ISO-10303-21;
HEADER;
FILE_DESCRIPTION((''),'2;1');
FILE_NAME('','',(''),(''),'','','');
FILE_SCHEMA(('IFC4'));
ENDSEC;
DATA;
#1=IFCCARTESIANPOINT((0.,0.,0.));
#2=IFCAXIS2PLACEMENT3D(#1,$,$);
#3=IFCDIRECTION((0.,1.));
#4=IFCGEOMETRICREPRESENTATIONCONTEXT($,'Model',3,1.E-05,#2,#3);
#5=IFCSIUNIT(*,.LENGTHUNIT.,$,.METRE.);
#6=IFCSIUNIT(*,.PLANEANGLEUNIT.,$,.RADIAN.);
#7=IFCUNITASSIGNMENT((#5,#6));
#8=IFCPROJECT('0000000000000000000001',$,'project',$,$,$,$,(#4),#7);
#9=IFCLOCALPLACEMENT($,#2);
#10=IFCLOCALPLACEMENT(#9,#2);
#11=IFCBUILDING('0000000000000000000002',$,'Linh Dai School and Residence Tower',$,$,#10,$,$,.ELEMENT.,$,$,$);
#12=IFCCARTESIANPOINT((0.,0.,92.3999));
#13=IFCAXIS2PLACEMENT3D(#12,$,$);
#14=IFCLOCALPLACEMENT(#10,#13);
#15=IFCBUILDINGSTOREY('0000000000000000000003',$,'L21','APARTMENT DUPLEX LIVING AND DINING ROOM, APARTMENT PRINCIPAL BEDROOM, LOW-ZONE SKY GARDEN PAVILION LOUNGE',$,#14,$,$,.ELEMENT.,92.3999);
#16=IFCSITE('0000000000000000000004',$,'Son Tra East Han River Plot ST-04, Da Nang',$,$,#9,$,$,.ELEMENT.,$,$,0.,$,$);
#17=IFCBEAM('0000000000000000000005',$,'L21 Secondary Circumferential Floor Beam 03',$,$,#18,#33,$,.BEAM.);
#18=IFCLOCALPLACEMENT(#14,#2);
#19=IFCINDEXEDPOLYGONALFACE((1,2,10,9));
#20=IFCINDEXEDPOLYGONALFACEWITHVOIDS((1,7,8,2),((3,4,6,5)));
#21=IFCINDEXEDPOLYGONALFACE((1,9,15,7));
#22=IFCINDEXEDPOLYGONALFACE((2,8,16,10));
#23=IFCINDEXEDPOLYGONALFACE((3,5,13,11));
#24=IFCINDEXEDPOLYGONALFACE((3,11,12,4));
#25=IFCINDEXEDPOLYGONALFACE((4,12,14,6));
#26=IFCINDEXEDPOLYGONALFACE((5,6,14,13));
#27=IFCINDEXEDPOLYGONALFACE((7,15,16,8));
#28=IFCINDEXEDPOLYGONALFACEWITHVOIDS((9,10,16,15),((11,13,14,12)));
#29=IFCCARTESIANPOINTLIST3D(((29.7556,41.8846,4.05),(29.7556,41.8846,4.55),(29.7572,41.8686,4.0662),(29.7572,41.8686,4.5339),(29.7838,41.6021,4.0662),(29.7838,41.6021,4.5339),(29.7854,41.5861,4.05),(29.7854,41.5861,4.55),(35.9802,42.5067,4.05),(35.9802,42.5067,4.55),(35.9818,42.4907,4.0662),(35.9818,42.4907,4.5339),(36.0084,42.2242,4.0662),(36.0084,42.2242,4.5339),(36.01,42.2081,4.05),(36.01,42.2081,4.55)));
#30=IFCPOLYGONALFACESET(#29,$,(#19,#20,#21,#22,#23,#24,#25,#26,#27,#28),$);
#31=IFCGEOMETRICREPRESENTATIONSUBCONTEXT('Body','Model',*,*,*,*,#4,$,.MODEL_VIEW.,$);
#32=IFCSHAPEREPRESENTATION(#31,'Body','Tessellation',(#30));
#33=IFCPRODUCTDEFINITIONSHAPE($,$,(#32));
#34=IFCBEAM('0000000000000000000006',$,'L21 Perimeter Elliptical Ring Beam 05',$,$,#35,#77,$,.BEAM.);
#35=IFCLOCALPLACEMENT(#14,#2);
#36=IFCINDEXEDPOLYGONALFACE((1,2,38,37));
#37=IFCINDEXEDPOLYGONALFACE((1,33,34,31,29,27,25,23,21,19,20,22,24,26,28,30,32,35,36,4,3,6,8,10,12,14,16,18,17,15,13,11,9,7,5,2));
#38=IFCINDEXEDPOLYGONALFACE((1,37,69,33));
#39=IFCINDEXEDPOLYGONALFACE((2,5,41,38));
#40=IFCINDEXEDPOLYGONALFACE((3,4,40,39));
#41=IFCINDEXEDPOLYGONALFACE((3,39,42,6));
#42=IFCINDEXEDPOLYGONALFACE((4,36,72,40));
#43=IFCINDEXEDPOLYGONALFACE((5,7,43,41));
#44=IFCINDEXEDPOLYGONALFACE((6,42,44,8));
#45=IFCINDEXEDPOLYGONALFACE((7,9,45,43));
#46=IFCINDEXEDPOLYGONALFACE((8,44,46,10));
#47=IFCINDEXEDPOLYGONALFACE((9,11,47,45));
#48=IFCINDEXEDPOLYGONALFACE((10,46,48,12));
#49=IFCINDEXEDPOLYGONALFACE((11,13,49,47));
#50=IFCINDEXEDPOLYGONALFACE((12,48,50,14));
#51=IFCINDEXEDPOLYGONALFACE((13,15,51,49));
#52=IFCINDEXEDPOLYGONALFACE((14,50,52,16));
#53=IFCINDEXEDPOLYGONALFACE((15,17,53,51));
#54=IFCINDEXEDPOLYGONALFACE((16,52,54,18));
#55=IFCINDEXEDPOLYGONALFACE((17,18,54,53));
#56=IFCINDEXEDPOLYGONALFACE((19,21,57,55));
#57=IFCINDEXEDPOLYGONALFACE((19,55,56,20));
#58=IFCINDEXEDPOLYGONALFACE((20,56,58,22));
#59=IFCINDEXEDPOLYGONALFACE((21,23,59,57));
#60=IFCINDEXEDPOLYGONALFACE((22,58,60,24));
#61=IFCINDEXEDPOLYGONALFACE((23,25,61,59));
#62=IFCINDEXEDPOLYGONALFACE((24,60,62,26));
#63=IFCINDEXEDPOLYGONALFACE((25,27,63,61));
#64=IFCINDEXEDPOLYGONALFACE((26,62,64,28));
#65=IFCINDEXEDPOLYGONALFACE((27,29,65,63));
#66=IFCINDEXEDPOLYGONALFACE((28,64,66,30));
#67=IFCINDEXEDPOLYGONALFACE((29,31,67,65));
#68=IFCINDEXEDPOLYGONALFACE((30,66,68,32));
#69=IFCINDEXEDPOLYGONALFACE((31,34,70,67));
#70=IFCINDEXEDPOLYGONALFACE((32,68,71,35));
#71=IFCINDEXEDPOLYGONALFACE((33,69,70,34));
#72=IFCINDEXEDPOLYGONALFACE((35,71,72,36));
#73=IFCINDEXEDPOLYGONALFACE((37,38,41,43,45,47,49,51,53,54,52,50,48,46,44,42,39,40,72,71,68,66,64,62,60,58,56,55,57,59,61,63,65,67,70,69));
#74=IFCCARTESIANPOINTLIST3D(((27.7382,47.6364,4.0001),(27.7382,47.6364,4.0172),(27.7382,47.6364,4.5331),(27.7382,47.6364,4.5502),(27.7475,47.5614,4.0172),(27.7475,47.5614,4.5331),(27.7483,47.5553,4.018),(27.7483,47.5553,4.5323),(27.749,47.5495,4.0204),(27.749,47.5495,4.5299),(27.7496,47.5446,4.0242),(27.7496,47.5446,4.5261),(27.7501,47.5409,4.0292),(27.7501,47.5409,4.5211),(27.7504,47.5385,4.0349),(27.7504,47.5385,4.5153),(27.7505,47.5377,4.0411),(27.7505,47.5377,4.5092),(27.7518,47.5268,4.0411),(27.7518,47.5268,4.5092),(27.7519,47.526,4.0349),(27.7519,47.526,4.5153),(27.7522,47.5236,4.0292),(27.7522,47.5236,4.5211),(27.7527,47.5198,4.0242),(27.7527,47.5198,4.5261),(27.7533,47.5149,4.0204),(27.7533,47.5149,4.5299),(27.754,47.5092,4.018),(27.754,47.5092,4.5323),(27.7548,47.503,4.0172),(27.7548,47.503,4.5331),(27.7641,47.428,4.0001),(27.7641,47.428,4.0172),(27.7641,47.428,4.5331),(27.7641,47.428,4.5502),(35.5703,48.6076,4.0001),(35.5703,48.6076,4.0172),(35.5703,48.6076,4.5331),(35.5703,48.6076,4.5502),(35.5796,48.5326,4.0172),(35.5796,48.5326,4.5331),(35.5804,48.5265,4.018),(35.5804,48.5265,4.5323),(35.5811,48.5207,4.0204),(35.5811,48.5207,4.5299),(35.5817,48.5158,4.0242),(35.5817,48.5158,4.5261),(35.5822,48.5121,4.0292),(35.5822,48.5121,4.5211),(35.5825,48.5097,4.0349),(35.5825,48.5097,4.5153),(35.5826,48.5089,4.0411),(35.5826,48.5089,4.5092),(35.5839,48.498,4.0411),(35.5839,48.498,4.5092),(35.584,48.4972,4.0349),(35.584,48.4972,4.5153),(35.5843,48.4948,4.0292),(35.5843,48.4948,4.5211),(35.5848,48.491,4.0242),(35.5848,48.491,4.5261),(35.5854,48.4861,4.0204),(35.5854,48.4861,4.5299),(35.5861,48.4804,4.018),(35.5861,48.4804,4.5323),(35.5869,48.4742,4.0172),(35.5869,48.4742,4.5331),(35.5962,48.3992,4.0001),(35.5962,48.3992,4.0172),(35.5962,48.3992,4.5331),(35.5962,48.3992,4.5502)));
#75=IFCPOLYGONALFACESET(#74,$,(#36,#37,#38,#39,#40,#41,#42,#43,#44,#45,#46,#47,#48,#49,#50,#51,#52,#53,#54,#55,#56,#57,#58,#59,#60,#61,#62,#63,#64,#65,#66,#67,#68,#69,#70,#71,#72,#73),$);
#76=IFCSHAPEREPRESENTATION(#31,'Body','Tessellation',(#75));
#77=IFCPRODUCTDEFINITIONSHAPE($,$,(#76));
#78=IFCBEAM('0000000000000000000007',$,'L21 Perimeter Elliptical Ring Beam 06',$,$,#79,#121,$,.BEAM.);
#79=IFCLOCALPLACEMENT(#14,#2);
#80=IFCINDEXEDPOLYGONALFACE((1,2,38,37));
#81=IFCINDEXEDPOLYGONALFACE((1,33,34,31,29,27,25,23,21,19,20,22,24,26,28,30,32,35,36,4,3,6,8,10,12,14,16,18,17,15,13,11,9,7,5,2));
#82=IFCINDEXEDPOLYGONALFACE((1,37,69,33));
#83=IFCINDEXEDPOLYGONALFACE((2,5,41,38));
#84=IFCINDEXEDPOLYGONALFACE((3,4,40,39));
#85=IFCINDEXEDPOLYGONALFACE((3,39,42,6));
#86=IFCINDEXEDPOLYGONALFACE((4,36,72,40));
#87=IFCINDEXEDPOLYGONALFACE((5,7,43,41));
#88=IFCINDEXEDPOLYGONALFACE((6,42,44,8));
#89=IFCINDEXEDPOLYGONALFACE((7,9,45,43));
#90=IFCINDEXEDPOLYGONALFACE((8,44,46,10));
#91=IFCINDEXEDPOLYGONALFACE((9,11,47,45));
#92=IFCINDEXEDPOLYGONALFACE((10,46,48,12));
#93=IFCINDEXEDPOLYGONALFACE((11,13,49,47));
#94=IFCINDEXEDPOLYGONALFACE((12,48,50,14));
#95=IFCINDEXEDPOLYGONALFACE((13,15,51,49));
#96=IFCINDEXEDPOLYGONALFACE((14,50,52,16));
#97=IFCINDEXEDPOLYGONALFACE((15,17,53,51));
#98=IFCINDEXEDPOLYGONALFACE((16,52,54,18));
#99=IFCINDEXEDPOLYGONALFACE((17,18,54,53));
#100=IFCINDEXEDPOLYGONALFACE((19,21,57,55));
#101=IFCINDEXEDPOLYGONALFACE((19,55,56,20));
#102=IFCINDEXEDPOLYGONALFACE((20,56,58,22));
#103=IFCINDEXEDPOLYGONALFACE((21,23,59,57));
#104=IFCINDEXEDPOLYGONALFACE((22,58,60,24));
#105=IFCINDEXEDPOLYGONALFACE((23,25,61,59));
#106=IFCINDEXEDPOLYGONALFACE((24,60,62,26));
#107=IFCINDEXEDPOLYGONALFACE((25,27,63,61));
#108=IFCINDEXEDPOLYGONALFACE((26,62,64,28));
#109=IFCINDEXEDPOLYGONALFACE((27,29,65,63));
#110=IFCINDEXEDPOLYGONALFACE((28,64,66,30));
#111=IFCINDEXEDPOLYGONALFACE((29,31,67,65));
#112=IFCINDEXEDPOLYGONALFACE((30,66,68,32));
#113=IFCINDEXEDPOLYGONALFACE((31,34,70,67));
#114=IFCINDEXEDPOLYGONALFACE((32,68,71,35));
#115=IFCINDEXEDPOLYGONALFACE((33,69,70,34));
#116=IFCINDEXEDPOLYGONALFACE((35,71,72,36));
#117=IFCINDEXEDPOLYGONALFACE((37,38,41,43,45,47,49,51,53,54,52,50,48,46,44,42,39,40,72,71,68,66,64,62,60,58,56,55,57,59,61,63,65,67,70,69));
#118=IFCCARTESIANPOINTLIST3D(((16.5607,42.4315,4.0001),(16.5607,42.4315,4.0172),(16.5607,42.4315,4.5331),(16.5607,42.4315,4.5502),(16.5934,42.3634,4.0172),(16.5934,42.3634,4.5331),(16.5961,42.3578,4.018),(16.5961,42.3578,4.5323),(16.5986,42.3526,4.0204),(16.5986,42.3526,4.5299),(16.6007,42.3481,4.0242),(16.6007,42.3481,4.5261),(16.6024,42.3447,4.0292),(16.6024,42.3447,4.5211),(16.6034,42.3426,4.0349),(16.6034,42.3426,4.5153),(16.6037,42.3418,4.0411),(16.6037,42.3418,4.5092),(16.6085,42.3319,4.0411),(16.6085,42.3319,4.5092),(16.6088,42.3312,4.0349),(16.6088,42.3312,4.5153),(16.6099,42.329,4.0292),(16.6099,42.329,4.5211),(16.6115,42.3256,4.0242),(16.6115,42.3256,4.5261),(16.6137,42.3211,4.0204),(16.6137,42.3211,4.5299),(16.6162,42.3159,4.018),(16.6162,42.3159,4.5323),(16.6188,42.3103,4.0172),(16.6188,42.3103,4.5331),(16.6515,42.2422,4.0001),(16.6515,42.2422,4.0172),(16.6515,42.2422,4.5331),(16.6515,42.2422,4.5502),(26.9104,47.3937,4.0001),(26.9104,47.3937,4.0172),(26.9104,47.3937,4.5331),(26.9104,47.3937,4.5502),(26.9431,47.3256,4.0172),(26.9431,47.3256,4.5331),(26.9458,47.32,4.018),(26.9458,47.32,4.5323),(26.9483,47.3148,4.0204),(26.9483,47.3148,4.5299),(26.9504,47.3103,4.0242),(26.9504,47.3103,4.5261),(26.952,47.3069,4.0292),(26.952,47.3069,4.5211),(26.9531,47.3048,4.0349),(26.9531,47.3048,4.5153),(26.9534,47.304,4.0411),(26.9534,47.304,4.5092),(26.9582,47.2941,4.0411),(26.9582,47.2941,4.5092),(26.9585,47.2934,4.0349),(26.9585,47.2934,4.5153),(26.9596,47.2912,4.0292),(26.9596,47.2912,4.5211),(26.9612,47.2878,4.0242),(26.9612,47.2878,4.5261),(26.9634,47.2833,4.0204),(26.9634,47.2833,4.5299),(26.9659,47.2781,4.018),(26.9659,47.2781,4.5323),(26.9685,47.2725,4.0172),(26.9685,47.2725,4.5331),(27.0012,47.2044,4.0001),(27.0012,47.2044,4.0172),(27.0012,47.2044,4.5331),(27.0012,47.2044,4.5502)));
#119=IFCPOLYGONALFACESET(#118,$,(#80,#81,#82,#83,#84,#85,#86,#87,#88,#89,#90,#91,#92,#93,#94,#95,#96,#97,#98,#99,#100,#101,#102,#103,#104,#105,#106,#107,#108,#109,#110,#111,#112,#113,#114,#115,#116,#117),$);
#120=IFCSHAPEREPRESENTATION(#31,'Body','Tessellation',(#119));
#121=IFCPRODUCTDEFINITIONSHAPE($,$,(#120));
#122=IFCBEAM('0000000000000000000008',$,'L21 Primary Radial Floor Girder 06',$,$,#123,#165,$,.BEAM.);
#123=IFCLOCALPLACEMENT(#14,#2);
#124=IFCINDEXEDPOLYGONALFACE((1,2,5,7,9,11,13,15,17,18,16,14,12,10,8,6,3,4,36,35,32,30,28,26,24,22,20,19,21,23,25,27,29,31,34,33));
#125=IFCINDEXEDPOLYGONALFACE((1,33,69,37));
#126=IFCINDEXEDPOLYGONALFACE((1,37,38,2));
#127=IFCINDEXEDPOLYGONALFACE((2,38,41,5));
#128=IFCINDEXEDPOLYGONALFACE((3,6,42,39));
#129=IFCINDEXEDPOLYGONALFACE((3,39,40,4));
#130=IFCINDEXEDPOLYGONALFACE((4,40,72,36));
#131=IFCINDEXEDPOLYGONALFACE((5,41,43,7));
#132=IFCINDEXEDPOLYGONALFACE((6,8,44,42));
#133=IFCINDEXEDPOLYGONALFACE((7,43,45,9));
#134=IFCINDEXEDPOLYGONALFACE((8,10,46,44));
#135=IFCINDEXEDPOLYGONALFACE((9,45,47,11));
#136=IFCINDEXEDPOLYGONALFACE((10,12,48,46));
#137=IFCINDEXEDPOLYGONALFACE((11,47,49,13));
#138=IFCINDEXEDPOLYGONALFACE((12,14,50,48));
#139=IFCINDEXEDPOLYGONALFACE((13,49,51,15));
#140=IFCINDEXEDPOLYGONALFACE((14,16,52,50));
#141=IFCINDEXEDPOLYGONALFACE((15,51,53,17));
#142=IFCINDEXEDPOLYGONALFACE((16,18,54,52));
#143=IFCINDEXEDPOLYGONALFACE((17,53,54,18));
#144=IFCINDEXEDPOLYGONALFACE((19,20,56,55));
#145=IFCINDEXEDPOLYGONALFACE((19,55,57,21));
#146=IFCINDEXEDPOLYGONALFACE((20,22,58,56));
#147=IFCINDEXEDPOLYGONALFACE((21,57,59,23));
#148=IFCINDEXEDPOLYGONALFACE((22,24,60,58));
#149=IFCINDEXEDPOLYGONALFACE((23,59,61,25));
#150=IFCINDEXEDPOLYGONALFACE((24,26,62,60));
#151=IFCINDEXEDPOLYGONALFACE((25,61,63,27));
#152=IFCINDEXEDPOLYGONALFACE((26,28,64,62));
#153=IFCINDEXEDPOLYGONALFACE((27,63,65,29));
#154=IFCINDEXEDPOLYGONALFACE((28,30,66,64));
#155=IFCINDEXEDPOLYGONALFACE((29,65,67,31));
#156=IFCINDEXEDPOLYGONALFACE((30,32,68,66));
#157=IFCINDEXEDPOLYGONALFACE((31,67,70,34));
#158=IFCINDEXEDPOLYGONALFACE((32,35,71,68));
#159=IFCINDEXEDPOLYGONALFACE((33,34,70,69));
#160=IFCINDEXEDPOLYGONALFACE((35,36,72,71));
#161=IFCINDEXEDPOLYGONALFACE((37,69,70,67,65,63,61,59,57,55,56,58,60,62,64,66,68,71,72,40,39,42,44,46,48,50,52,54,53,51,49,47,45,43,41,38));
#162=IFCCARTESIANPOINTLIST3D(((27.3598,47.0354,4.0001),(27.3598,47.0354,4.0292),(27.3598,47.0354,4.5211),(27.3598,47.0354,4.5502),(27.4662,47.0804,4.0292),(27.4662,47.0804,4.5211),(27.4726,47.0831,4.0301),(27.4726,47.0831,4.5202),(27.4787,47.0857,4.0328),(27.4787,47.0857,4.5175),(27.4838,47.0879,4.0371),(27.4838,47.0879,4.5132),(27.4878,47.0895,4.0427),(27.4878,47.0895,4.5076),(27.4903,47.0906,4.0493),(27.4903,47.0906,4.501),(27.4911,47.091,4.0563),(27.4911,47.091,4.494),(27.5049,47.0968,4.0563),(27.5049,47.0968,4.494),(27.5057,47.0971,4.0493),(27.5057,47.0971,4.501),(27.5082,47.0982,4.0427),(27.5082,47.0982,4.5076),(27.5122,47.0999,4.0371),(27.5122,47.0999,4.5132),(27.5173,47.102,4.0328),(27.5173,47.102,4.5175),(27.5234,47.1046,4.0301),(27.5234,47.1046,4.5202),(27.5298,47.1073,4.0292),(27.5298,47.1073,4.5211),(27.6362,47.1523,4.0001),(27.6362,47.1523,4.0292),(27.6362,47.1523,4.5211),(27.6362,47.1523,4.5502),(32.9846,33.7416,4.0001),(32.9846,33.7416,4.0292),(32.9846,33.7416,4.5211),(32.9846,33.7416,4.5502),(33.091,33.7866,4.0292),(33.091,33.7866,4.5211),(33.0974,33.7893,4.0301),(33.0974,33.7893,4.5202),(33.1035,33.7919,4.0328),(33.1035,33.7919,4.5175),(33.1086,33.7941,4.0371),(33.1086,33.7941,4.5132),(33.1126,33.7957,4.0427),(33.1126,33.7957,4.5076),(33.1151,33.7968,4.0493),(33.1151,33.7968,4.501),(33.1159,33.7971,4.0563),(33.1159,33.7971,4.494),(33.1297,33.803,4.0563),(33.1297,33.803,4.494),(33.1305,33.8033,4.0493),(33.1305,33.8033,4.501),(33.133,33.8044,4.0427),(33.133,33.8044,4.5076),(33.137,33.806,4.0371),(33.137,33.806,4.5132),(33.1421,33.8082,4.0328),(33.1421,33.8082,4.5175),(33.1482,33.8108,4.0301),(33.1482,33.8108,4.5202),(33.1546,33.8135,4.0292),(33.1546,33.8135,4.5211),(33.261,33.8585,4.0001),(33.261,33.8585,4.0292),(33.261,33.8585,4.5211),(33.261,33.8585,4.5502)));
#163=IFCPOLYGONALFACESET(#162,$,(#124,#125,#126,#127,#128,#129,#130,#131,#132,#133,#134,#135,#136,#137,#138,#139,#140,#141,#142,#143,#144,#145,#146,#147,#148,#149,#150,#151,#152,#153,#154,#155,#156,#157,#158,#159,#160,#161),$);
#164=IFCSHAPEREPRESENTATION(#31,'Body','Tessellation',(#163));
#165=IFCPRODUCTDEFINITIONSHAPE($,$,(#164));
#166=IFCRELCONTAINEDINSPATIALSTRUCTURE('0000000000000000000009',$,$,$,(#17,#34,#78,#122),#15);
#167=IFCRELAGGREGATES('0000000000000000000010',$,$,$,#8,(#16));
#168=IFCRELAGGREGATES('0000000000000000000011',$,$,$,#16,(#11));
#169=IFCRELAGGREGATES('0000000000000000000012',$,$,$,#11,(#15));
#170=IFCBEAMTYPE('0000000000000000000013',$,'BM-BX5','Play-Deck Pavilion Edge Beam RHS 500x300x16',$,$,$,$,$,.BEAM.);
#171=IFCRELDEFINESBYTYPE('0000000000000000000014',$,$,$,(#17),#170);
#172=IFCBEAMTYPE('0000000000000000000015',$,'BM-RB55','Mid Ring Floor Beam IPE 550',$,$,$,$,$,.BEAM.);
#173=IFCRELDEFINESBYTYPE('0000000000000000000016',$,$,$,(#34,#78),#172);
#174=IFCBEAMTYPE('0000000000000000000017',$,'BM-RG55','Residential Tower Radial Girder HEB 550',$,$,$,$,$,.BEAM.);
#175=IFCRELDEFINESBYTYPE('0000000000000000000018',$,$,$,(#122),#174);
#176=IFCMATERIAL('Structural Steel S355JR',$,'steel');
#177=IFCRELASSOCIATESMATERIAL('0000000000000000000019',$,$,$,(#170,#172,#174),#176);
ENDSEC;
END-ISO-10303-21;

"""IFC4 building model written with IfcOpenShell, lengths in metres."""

from ifc_helpers import new_model, si_unit, direction, frame, origin, origin_2d, place, context, subcontext, project, spatial, hollow_rectangle, i_section, extrude, material, material_profile, profile_set, type_object, element, save


model = new_model("IFC4")

# Units and contexts
model_context = context("Model", 3, precision=1e-05, world=origin(), true_north=direction((0.0, 1.0)))
body_context = subcontext(model_context, "Body", "Model", "MODEL_VIEW")
ifc_project = project(units=[si_unit("LENGTHUNIT", "METRE"), si_unit("PLANEANGLEUNIT", "RADIAN")], contexts=[model_context])

# Site, building, storey
site_placement = place(None, origin())
site = spatial("IfcSite", under=ifc_project, at=site_placement, Name="Son Tra East Han River Plot ST-04, Da Nang", CompositionType="ELEMENT", RefElevation=0.0)
building_placement = place(site_placement, origin())
building = spatial("IfcBuilding", under=site, at=building_placement, Name="Linh Dai School and Residence Tower", CompositionType="ELEMENT")
storey_placement = place(building_placement, frame((0.0, 0.0, 92.3999)))
storey = spatial("IfcBuildingStorey", under=building, at=storey_placement, Name="L21", Description="APARTMENT DUPLEX LIVING AND DINING ROOM, APARTMENT PRINCIPAL BEDROOM, LOW-ZONE SKY GARDEN PAVILION LOUNGE", CompositionType="ELEMENT", Elevation=92.3999)

# Shared definitions
ifc_material_1 = material(Name="Structural Steel S355JR", Category="steel")

# Beams
ifc_material_profile_1 = material_profile(ifc_material_1, hollow_rectangle(XDim=0.3, YDim=0.5, WallThickness=0.0161, at=origin_2d()), Name="RHS 500x300x16")
ifc_profile_set_1 = profile_set([ifc_material_profile_1], Name="Structural Steel S355JR")
beam_type_1 = type_object("IfcBeamType", Name="BM-BX5", Description="Play-Deck Pavilion Edge Beam RHS 500x300x16", PredefinedType="BEAM", material=ifc_profile_set_1)
beam_1_placement = place(storey_placement, frame((35.9951, 42.3574, 4.3), z_axis=(-0.995043, -0.099442, 0.0), x_axis=(0.099442, -0.995043, 0.0)))
element("IfcBeam", 1, at=beam_1_placement, inside=storey, type_object=beam_type_1, Name="L21 Secondary Circumferential Floor Beam 03", PredefinedType="BEAM", context=body_context, shape_type="SweptSolid", body=[
    extrude(hollow_rectangle(XDim=0.3, YDim=0.5, WallThickness=0.0161, at=origin_2d()), origin(), (0.0, 0.0, 1.0), 6.2556),
])
ifc_material_profile_2 = material_profile(ifc_material_1, i_section(OverallWidth=0.21, OverallDepth=0.55, WebThickness=0.011, FlangeThickness=0.0171, FilletRadius=0.0239, at=origin_2d()), Name="IPE 550")
ifc_profile_set_2 = profile_set([ifc_material_profile_2], Name="Structural Steel S355JR")
beam_type_2 = type_object("IfcBeamType", Name="BM-RB55", Description="Mid Ring Floor Beam IPE 550", PredefinedType="BEAM", material=ifc_profile_set_2)
beam_2_placement = place(storey_placement, frame((35.5833, 48.5034, 4.2751), z_axis=(-0.992399, -0.12306, 0.0), x_axis=(0.12306, -0.992399, 0.0)))
element("IfcBeam", 2, at=beam_2_placement, inside=storey, type_object=beam_type_2, Name="L21 Perimeter Elliptical Ring Beam 05", PredefinedType="BEAM", context=body_context, shape_type="SweptSolid", body=[
    extrude(i_section(OverallWidth=0.21, OverallDepth=0.55, WebThickness=0.011, FlangeThickness=0.0171, FilletRadius=0.0239, at=origin_2d()), origin(), (0.0, 0.0, 1.0), 7.8921),
])
beam_3_placement = place(storey_placement, frame((26.9558, 47.2991, 4.2751), z_axis=(-0.901715, -0.432331, 0.0), x_axis=(0.432331, -0.901715, 0.0)))
element("IfcBeam", 3, at=beam_3_placement, inside=storey, type_object=beam_type_2, Name="L21 Perimeter Elliptical Ring Beam 06", PredefinedType="BEAM", context=body_context, shape_type="SweptSolid", body=[
    extrude(i_section(OverallWidth=0.21, OverallDepth=0.55, WebThickness=0.011, FlangeThickness=0.0171, FilletRadius=0.0239, at=origin_2d()), origin(), (0.0, 0.0, 1.0), 11.4778),
])
ifc_material_profile_3 = material_profile(ifc_material_1, i_section(OverallWidth=0.3, OverallDepth=0.55, WebThickness=0.0149, FlangeThickness=0.0291, FilletRadius=0.0271, at=origin_2d()), Name="HEB 550")
ifc_profile_set_3 = profile_set([ifc_material_profile_3], Name="Structural Steel S355JR")
beam_type_3 = type_object("IfcBeamType", Name="BM-RG55", Description="Residential Tower Radial Girder HEB 550", PredefinedType="BEAM", material=ifc_profile_set_3)
beam_4_placement = place(storey_placement, frame((33.1228, 33.8, 4.2751), z_axis=(-0.389669, 0.920955, 0.0), x_axis=(-0.920955, -0.389669, 0.0)))
element("IfcBeam", 4, at=beam_4_placement, inside=storey, type_object=beam_type_3, Name="L21 Primary Radial Floor Girder 06", PredefinedType="BEAM", context=body_context, shape_type="SweptSolid", body=[
    extrude(i_section(OverallWidth=0.3, OverallDepth=0.55, WebThickness=0.0149, FlangeThickness=0.0291, FilletRadius=0.0271, at=origin_2d()), origin(), (0.0, 0.0, 1.0), 14.4348),
])

save(model, "model.ifc")
